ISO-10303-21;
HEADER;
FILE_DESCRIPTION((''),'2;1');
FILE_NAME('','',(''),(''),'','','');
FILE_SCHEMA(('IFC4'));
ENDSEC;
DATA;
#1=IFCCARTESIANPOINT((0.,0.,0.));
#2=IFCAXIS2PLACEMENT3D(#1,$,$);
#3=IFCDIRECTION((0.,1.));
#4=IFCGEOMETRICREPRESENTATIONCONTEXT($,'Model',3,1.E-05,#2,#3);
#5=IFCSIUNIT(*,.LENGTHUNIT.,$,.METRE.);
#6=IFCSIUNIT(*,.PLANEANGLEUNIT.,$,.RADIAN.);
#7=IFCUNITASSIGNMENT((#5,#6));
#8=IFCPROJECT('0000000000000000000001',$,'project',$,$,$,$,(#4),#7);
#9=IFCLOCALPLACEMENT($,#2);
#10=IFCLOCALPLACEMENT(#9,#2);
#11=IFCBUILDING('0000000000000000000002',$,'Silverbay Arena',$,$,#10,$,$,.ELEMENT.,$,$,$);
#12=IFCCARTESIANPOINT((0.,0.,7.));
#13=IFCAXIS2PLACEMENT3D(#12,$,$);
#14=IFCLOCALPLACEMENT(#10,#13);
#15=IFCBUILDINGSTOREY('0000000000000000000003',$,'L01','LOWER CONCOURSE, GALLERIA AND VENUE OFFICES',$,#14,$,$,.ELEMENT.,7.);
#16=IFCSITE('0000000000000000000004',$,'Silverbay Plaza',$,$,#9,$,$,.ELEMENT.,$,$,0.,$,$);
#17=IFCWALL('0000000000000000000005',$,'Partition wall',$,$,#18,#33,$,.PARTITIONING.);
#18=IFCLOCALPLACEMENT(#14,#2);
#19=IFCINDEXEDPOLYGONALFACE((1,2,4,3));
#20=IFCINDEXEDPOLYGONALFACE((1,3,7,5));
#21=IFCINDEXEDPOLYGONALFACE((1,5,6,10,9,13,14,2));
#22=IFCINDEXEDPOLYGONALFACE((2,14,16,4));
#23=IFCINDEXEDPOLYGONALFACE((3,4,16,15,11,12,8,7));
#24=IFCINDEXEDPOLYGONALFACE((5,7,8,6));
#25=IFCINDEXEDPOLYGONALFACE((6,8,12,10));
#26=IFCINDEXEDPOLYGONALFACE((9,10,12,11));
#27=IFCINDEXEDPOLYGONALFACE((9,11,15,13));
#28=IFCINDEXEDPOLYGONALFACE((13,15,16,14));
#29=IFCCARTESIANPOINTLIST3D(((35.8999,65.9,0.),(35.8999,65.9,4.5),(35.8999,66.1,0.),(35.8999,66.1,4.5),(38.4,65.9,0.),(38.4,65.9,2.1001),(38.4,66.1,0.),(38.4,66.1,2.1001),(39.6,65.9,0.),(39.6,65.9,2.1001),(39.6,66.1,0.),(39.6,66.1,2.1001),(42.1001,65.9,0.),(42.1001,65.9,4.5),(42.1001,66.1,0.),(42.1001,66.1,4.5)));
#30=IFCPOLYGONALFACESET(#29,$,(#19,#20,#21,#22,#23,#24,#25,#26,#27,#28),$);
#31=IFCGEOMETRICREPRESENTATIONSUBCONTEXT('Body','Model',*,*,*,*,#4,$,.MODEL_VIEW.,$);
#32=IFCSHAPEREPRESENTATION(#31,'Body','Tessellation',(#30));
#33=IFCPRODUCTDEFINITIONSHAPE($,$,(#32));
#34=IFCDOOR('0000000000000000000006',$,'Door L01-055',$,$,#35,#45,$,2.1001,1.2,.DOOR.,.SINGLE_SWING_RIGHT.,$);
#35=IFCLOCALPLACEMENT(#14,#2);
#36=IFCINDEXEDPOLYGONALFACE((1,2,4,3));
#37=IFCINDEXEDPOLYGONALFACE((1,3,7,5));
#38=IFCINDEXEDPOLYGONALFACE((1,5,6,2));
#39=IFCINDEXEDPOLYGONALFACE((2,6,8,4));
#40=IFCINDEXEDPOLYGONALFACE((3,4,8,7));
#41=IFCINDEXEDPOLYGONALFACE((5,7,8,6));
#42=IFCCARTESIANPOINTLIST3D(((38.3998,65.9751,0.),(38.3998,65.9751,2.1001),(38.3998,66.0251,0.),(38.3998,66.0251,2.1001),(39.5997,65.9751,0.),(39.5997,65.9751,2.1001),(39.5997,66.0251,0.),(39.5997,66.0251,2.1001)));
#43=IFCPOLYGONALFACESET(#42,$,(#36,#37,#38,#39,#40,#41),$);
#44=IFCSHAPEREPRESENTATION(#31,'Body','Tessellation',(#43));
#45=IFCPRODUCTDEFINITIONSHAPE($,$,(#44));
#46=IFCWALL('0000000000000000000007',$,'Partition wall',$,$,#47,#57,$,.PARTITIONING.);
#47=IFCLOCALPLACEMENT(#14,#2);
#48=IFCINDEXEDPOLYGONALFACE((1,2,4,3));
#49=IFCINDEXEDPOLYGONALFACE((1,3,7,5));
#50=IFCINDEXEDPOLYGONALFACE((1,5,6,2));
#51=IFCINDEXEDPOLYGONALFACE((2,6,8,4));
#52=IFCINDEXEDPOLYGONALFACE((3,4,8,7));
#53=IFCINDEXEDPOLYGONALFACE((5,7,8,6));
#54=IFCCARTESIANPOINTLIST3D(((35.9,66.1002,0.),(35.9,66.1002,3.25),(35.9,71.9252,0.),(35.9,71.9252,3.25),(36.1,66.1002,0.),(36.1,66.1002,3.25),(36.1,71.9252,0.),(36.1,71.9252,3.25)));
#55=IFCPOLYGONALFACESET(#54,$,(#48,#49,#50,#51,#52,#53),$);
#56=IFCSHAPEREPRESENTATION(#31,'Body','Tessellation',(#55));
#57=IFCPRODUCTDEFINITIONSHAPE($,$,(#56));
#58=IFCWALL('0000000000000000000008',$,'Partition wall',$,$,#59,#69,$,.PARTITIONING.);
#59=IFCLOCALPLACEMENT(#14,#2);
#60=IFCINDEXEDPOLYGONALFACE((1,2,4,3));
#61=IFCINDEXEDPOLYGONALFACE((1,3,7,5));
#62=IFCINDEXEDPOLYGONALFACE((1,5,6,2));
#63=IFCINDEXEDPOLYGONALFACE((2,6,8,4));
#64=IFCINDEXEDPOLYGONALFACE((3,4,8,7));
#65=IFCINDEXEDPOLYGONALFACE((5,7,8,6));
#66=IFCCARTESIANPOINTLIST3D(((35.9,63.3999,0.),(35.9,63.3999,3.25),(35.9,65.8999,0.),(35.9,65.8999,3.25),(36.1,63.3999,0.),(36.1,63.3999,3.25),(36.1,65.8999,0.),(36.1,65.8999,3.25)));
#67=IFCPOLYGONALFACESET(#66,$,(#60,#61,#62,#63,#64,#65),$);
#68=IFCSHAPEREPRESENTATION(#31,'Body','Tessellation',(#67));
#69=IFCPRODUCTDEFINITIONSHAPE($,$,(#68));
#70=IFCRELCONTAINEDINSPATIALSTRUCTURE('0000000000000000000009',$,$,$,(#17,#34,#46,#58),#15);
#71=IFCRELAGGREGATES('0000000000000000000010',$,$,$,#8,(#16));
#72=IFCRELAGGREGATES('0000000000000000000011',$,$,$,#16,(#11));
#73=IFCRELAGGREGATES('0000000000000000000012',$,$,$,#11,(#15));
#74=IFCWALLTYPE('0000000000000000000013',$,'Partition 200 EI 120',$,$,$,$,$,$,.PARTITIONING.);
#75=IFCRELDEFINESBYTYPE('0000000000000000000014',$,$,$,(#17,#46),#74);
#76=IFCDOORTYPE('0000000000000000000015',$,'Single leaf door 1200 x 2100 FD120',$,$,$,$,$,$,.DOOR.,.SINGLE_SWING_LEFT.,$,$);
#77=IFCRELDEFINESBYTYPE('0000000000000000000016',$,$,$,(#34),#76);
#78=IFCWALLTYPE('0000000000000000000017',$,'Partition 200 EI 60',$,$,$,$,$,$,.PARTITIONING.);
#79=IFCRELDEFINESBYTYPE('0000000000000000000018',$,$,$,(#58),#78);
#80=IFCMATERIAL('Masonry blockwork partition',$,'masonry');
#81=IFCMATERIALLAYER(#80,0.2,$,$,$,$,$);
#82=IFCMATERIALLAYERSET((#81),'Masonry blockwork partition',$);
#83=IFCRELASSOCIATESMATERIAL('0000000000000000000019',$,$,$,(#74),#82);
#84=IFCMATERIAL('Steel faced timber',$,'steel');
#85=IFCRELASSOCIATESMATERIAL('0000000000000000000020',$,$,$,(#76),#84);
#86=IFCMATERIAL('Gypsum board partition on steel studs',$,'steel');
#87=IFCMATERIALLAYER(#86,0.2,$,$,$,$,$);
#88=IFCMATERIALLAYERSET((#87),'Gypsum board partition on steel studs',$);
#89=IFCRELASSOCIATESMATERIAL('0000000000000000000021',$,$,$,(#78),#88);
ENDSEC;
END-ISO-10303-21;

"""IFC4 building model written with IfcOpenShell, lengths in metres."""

from ifc_helpers import new_model, si_unit, direction, frame, frame_2d, origin, place, context, subcontext, project, spatial, rectangle, extrude, material, layer, layer_set, type_object, element, fill, save


model = new_model("IFC4")

# Units and contexts
model_context = context("Model", 3, precision=1e-05, world=origin(), true_north=direction((0.0, 1.0)))
body_context = subcontext(model_context, "Body", "Model", "MODEL_VIEW")
ifc_project = project(units=[si_unit("LENGTHUNIT", "METRE"), si_unit("PLANEANGLEUNIT", "RADIAN")], contexts=[model_context])

# Site, building, storey
site_placement = place(None, origin())
site = spatial("IfcSite", under=ifc_project, at=site_placement, Name="Silverbay Plaza", CompositionType="ELEMENT", RefElevation=0.0)
building_placement = place(site_placement, origin())
building = spatial("IfcBuilding", under=site, at=building_placement, Name="Silverbay Arena", CompositionType="ELEMENT")
storey_placement = place(building_placement, frame((0.0, 0.0, 7.0)))
storey = spatial("IfcBuildingStorey", under=building, at=storey_placement, Name="L01", Description="LOWER CONCOURSE, GALLERIA AND VENUE OFFICES", CompositionType="ELEMENT", Elevation=7.0)

# Wall, opening, door
ifc_material_1 = material(Name="Masonry blockwork partition", Category="masonry")
ifc_layer_1 = layer(ifc_material_1, 0.2)
ifc_layer_set_1 = layer_set([ifc_layer_1], Name="Masonry blockwork partition")
wall_type_1 = type_object("IfcWallType", Name="Partition 200 EI 120", PredefinedType="PARTITIONING", material=ifc_layer_set_1)
wall_1_placement = place(storey_placement, frame((35.8999, 66.0, 0.0), z_axis=(0.0, 0.0, 1.0), x_axis=(1.0, 0.0, 0.0)))
wall_1 = element("IfcWall", 1, at=wall_1_placement, inside=storey, type_object=wall_type_1, Name="Partition wall", PredefinedType="PARTITIONING", context=body_context, shape_type="SweptSolid", body=[
    extrude(rectangle(XDim=6.2002, YDim=0.2, at=frame_2d((3.1001, 0.0))), origin(), (0.0, 0.0, 1.0), 4.5),
])
opening_1_placement = place(wall_1_placement, frame((2.5, 0.0, 0.0)))
opening_1 = element("IfcOpeningElement", 2, at=opening_1_placement, cuts=wall_1, PredefinedType="OPENING", context=body_context, shape_type="SweptSolid", body=[
    extrude(rectangle(XDim=1.2, YDim=2.1001, at=frame_2d((0.6001, 1.05))), frame((0.0, 0.1099, 0.0), z_axis=(0.0, -1.0, 0.0), x_axis=(1.0, 0.0, 0.0)), (0.0, 0.0, 1.0), 0.22),
])
ifc_material_2 = material(Name="Steel faced timber", Category="steel")
door_type_1 = type_object("IfcDoorType", Name="Single leaf door 1200 x 2100 FD120", OperationType="SINGLE_SWING_LEFT", PredefinedType="DOOR", material=ifc_material_2)
door_1_placement = place(opening_1_placement, frame((1.2, 0.0, 0.0), z_axis=(0.0, 0.0, 1.0), x_axis=(-1.0, 0.0, 0.0)))
door_1 = element("IfcDoor", 3, at=door_1_placement, inside=storey, type_object=door_type_1, Name="Door L01-055", OperationType="SINGLE_SWING_RIGHT", OverallHeight=2.1001, OverallWidth=1.2, PredefinedType="DOOR", context=body_context, shape_type="SweptSolid", body=[
    extrude(rectangle(XDim=1.2, YDim=2.1001, at=frame_2d((0.6001, 1.05))), frame((0.0, 0.0249, 0.0), z_axis=(0.0, -1.0, 0.0), x_axis=(1.0, 0.0, 0.0)), (0.0, 0.0, 1.0), 0.05),
])
fill(opening_1, door_1)

# Walls
wall_2_placement = place(storey_placement, frame((36.0, 66.1001, 0.0), z_axis=(0.0, 0.0, 1.0), x_axis=(0.0, 1.0, 0.0)))
element("IfcWall", 4, at=wall_2_placement, inside=storey, type_object=wall_type_1, Name="Partition wall", PredefinedType="PARTITIONING", context=body_context, shape_type="SweptSolid", body=[
    extrude(rectangle(XDim=5.825, YDim=0.2, at=frame_2d((2.9126, 0.0))), origin(), (0.0, 0.0, 1.0), 3.25),
])
ifc_material_3 = material(Name="Gypsum board partition on steel studs", Category="steel")
ifc_layer_2 = layer(ifc_material_3, 0.2)
ifc_layer_set_2 = layer_set([ifc_layer_2], Name="Gypsum board partition on steel studs")
wall_type_2 = type_object("IfcWallType", Name="Partition 200 EI 60", PredefinedType="PARTITIONING", material=ifc_layer_set_2)
wall_3_placement = place(storey_placement, frame((36.0, 63.3999, 0.0), z_axis=(0.0, 0.0, 1.0), x_axis=(0.0, 1.0, 0.0)))
element("IfcWall", 5, at=wall_3_placement, inside=storey, type_object=wall_type_2, Name="Partition wall", PredefinedType="PARTITIONING", context=body_context, shape_type="SweptSolid", body=[
    extrude(rectangle(XDim=2.5, YDim=0.2, at=frame_2d((1.25, 0.0))), origin(), (0.0, 0.0, 1.0), 3.25),
])

save(model, "model.ifc")
